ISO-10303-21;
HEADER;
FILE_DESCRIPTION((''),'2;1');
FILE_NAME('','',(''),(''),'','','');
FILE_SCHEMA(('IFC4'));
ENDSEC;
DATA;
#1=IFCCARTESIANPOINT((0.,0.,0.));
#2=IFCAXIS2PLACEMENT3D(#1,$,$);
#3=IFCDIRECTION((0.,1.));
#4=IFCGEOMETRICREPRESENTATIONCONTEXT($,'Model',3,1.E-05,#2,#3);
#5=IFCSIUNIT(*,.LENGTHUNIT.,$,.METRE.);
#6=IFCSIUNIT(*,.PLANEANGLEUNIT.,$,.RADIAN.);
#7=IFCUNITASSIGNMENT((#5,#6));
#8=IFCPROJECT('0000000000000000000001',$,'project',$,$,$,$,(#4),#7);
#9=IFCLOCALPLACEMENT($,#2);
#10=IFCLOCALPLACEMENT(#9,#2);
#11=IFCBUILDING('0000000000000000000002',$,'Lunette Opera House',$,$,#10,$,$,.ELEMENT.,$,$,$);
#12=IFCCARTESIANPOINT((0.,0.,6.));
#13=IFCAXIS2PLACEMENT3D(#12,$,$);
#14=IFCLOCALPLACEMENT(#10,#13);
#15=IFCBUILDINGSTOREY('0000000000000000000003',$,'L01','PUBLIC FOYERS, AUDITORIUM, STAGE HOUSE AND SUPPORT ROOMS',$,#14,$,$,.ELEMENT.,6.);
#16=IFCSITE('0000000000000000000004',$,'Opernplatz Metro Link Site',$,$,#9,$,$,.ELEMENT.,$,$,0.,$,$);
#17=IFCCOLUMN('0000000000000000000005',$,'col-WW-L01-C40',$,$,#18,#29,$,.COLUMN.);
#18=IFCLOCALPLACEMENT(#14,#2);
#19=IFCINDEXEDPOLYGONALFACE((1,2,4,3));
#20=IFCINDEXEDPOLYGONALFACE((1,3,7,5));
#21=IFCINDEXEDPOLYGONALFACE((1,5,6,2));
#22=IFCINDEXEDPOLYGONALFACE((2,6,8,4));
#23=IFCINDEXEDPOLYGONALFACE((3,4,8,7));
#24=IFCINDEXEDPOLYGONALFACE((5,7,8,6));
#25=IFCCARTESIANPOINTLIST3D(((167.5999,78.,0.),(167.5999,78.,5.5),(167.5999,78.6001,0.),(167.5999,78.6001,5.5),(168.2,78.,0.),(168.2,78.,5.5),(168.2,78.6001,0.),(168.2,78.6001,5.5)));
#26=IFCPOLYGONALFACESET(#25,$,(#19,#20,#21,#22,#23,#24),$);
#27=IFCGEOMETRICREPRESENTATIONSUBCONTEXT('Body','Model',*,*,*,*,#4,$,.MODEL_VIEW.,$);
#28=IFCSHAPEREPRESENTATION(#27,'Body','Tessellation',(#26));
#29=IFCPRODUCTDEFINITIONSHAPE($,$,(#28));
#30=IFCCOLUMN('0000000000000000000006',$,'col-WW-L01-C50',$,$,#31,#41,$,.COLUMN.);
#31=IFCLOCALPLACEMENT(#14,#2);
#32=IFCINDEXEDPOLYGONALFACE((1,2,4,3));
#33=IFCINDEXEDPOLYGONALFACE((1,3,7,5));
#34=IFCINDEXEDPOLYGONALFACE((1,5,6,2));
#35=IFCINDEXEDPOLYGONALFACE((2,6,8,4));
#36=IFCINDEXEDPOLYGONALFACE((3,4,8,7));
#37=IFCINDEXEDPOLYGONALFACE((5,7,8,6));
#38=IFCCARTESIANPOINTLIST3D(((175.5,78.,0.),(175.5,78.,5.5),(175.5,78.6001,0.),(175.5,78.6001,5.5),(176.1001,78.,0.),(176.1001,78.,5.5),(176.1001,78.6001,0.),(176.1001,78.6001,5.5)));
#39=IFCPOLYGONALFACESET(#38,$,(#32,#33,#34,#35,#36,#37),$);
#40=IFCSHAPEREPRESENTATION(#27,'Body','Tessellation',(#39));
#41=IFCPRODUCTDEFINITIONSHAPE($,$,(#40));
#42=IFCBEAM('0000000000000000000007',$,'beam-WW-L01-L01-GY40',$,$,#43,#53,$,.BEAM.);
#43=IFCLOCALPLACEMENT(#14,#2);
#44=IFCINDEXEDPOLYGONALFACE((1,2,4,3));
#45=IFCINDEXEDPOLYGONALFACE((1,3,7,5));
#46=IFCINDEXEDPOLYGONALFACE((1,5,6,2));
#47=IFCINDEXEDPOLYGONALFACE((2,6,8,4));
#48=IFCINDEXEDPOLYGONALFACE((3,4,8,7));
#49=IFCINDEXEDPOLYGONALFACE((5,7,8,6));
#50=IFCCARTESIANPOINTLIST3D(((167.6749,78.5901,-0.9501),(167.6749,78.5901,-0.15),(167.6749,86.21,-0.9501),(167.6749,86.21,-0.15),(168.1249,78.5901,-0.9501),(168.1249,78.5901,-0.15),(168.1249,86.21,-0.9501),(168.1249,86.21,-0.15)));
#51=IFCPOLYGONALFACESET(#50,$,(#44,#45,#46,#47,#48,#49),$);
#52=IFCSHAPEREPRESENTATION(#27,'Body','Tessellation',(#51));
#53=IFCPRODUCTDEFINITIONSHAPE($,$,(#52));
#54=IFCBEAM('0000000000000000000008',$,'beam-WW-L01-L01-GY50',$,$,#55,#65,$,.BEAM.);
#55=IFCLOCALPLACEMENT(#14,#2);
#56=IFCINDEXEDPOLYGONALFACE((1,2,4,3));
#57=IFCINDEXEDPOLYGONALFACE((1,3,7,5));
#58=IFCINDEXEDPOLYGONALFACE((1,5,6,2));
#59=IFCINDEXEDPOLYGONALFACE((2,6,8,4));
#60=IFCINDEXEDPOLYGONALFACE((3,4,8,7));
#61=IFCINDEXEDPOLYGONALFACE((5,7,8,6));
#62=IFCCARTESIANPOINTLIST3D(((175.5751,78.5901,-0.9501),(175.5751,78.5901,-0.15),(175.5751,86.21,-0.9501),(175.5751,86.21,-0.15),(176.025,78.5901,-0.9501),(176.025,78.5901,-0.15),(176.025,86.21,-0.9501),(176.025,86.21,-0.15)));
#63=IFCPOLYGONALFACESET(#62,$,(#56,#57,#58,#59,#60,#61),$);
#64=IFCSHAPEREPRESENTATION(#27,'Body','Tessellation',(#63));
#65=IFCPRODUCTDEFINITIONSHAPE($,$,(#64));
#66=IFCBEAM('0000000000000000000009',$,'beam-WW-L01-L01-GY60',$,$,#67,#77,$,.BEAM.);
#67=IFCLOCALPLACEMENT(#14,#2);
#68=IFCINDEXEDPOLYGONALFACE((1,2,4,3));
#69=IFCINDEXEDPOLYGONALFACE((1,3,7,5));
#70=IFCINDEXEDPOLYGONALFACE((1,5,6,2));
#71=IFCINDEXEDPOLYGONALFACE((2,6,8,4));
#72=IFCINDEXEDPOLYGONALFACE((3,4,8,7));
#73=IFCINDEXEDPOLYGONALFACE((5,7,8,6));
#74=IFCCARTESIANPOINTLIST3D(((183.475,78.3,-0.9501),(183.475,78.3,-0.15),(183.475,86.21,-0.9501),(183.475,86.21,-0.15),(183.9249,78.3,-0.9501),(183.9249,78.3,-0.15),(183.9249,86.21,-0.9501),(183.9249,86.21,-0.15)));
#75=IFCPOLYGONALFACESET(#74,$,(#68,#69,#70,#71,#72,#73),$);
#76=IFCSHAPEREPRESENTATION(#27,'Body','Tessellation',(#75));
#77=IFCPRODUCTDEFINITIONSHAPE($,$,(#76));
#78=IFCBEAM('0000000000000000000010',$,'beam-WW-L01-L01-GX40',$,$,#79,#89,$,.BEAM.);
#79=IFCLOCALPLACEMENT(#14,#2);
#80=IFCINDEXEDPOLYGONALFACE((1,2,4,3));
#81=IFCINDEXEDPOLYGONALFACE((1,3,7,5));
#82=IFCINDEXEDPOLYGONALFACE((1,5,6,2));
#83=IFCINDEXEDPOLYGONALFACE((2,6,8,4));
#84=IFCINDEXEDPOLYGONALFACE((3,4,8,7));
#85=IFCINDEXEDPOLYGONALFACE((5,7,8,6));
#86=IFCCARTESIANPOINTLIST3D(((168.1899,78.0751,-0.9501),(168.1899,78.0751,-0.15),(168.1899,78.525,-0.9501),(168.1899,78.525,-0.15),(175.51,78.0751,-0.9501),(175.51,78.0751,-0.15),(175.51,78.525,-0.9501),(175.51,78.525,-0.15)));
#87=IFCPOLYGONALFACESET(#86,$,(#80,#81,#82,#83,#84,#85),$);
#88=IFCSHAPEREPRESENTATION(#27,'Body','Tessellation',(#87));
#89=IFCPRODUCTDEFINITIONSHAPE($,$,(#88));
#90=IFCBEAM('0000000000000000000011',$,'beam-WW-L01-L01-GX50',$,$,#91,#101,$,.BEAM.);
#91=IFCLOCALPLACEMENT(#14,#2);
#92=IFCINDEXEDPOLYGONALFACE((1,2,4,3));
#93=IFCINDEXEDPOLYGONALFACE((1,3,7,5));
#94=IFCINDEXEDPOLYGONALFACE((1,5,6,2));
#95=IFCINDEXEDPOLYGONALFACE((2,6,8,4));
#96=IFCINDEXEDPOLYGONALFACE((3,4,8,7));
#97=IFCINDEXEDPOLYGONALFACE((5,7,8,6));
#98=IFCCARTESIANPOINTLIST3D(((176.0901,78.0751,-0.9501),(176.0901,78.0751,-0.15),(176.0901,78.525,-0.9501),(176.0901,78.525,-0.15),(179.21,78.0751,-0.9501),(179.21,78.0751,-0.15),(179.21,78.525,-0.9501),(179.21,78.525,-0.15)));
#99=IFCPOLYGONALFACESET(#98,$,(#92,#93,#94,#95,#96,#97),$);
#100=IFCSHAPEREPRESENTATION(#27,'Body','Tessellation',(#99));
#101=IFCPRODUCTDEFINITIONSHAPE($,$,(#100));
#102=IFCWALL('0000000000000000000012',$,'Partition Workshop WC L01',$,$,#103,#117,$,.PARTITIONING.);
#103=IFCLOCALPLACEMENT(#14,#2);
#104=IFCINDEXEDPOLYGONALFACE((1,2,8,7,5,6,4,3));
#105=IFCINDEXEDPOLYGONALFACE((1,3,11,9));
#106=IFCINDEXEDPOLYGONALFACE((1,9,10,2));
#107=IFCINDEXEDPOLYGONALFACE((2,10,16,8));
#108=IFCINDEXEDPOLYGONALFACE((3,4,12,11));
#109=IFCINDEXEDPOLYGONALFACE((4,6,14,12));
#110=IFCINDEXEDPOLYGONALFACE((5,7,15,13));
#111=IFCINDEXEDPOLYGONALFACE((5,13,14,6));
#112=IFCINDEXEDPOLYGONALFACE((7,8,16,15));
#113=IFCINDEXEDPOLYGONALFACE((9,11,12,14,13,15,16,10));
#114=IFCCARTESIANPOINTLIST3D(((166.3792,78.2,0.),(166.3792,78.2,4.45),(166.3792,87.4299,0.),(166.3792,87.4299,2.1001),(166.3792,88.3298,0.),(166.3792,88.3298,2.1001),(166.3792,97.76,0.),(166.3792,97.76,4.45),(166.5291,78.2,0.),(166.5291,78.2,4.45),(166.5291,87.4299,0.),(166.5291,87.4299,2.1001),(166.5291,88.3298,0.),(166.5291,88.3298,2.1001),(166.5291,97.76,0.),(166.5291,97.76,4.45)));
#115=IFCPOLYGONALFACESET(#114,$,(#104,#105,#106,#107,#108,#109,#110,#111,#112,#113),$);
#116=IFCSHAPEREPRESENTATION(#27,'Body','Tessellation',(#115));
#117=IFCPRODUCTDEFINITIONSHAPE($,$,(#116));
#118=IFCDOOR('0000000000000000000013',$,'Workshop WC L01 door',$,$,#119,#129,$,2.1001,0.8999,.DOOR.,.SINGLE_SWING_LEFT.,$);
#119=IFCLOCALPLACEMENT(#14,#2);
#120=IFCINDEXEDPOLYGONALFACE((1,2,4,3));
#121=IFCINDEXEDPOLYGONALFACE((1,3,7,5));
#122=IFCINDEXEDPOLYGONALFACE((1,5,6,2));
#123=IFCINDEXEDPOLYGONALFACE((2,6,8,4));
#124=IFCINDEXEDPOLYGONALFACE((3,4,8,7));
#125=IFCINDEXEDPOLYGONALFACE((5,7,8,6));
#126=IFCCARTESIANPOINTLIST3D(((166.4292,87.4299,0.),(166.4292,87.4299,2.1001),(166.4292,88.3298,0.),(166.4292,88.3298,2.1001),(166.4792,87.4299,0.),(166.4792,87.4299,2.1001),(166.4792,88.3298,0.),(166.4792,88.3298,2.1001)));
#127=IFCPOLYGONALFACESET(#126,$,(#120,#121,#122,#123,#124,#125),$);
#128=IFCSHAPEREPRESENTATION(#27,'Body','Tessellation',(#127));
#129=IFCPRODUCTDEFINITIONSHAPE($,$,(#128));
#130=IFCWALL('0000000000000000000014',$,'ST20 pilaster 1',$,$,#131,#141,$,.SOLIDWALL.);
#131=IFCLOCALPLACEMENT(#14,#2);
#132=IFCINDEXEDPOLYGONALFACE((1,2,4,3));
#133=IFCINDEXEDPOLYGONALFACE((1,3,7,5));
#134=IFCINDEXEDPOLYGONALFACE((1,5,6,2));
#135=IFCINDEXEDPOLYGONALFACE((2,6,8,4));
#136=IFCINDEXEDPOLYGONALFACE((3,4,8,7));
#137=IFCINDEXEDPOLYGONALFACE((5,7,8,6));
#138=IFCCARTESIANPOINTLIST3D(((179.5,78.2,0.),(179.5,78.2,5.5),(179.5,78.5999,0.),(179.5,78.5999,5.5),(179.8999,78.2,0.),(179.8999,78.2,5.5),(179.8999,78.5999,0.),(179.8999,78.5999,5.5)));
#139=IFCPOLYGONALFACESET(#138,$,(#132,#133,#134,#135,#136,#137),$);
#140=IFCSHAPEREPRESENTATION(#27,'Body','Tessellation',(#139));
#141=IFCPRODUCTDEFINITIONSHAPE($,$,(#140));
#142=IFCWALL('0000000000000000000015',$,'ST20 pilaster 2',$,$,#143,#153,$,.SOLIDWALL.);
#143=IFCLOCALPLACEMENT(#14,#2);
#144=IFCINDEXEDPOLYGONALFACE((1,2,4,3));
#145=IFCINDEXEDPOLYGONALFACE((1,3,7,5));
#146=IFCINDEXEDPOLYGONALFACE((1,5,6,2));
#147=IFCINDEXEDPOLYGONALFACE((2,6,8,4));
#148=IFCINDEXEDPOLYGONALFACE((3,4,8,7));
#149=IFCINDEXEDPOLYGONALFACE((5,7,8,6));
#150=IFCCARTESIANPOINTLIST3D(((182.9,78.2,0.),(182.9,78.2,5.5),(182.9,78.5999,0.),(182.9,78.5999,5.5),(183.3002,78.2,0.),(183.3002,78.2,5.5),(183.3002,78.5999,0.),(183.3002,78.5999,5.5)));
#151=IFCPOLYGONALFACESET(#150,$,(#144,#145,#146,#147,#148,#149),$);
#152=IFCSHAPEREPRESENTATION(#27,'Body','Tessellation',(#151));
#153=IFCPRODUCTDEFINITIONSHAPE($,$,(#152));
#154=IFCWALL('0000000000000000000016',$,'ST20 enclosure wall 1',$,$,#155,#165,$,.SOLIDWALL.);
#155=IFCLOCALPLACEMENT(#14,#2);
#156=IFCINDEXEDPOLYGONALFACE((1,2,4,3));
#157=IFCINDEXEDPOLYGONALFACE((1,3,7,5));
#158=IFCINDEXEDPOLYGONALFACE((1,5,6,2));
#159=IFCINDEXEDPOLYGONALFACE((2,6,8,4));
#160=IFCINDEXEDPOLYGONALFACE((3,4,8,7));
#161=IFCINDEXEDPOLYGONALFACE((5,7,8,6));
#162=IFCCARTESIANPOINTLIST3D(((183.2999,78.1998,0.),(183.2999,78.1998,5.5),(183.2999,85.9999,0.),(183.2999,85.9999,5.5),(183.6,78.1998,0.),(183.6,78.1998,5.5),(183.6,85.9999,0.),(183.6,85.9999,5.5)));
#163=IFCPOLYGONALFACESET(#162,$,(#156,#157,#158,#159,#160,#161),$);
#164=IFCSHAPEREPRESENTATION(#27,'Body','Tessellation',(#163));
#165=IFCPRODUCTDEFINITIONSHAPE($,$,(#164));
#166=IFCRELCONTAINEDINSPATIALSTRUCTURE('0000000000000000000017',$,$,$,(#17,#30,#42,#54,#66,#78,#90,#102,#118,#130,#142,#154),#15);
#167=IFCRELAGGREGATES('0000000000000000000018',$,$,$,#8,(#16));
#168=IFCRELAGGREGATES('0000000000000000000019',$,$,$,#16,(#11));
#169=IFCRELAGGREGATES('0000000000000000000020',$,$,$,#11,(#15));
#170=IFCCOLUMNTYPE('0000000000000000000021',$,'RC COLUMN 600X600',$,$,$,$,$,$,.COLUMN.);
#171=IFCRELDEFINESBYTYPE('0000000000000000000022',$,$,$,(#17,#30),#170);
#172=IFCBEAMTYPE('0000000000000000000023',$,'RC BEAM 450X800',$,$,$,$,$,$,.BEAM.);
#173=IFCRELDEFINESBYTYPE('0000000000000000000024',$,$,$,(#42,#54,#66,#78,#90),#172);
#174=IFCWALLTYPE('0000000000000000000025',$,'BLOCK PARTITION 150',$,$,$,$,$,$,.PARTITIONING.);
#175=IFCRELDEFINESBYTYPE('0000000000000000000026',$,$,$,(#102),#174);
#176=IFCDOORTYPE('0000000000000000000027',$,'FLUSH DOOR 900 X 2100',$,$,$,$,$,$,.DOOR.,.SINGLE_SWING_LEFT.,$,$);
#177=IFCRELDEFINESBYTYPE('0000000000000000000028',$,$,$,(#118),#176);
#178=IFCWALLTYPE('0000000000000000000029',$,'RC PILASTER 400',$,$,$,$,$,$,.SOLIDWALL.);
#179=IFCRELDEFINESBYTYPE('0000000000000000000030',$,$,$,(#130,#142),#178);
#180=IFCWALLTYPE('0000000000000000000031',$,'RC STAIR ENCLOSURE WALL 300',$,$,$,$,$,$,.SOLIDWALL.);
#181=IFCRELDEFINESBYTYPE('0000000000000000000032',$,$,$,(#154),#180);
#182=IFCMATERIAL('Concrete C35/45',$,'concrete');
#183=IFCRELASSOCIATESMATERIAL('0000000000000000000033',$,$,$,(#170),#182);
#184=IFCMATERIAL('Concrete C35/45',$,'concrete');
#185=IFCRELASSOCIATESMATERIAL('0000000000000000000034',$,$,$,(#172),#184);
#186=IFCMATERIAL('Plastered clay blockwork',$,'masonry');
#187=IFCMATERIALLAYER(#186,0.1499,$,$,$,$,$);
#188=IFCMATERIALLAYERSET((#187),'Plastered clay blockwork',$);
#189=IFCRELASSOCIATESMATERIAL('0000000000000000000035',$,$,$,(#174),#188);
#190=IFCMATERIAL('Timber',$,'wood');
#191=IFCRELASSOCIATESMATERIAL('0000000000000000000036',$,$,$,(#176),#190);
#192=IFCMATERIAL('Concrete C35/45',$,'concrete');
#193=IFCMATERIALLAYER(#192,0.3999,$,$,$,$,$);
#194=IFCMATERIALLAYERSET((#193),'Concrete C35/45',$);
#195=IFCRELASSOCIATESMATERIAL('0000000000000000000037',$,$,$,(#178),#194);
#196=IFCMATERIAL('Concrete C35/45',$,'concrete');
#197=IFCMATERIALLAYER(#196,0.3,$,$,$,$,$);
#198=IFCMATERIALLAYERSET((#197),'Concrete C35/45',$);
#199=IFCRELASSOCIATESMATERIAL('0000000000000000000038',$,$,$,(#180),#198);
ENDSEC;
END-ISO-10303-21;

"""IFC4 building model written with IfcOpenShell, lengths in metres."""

from ifc_helpers import new_model, si_unit, direction, frame, frame_2d, origin, origin_2d, place, context, subcontext, project, spatial, rectangle, extrude, material, layer, layer_set, material_profile, profile_set, type_object, element, fill, save


model = new_model("IFC4")

# Units and contexts
model_context = context("Model", 3, precision=1e-05, world=origin(), true_north=direction((0.0, 1.0)))
body_context = subcontext(model_context, "Body", "Model", "MODEL_VIEW")
ifc_project = project(units=[si_unit("LENGTHUNIT", "METRE"), si_unit("PLANEANGLEUNIT", "RADIAN")], contexts=[model_context])

# Site, building, storey
site_placement = place(None, origin())
site = spatial("IfcSite", under=ifc_project, at=site_placement, Name="Opernplatz Metro Link Site", CompositionType="ELEMENT", RefElevation=0.0)
building_placement = place(site_placement, origin())
building = spatial("IfcBuilding", under=site, at=building_placement, Name="Lunette Opera House", CompositionType="ELEMENT")
storey_placement = place(building_placement, frame((0.0, 0.0, 6.0)))
storey = spatial("IfcBuildingStorey", under=building, at=storey_placement, Name="L01", Description="PUBLIC FOYERS, AUDITORIUM, STAGE HOUSE AND SUPPORT ROOMS", CompositionType="ELEMENT", Elevation=6.0)

# Columns
ifc_material_1 = material(Name="Concrete C35/45", Category="concrete")
ifc_material_profile_1 = material_profile(ifc_material_1, rectangle(XDim=0.6001, YDim=0.6001, at=origin_2d()), Name="RC COLUMN 600X600")
ifc_profile_set_1 = profile_set([ifc_material_profile_1], Name="Concrete C35/45")
column_type = type_object("IfcColumnType", Name="RC COLUMN 600X600", PredefinedType="COLUMN", material=ifc_profile_set_1)
for number, where, z_axis, x_axis, name in (
    (1, (167.8999, 78.3, 0.0), (0.0, 0.0, 1.0), (1.0, 0.0, 0.0), "col-WW-L01-C40"),
    (2, (175.8, 78.3, 0.0), (0.0, 0.0, 1.0), (1.0, 0.0, 0.0), "col-WW-L01-C50"),
):
    element("IfcColumn", number, at=place(storey_placement, frame(where, z_axis=z_axis, x_axis=x_axis)), inside=storey, type_object=column_type, Name=name, PredefinedType="COLUMN", context=body_context, shape_type="SweptSolid", body=[
        extrude(rectangle(XDim=0.6001, YDim=0.6001, at=origin_2d()), origin(), (0.0, 0.0, 1.0), 5.5),
    ])

# Beams
ifc_material_2 = material(Name="Concrete C35/45", Category="concrete")
ifc_material_profile_2 = material_profile(ifc_material_2, rectangle(XDim=0.45, YDim=0.8, at=origin_2d()), Name="RC BEAM 450X800")
ifc_profile_set_2 = profile_set([ifc_material_profile_2], Name="Concrete C35/45")
beam_type = type_object("IfcBeamType", Name="RC BEAM 450X800", PredefinedType="BEAM", material=ifc_profile_set_2)
for number, where, z_axis, x_axis, name in (
    (3, (167.8999, 78.5901, -0.55), (0.0, 1.0, 0.0), (-1.0, 0.0, 0.0), "beam-WW-L01-L01-GY40"),
    (4, (175.8, 78.5901, -0.55), (0.0, 1.0, 0.0), (-1.0, 0.0, 0.0), "beam-WW-L01-L01-GY50"),
):
    element("IfcBeam", number, at=place(storey_placement, frame(where, z_axis=z_axis, x_axis=x_axis)), inside=storey, type_object=beam_type, Name=name, PredefinedType="BEAM", context=body_context, shape_type="SweptSolid", body=[
        extrude(rectangle(XDim=0.45, YDim=0.8, at=origin_2d()), origin(), (0.0, 0.0, 1.0), 7.6199),
    ])
beam_1_placement = place(storey_placement, frame((183.7, 78.3, -0.55), z_axis=(0.0, 1.0, 0.0), x_axis=(-1.0, 0.0, 0.0)))
element("IfcBeam", 5, at=beam_1_placement, inside=storey, type_object=beam_type, Name="beam-WW-L01-L01-GY60", PredefinedType="BEAM", context=body_context, shape_type="SweptSolid", body=[
    extrude(rectangle(XDim=0.45, YDim=0.8, at=origin_2d()), origin(), (0.0, 0.0, 1.0), 7.9099),
])
beam_2_placement = place(storey_placement, frame((168.1899, 78.3, -0.55), z_axis=(1.0, 0.0, 0.0), x_axis=(0.0, 1.0, 0.0)))
element("IfcBeam", 6, at=beam_2_placement, inside=storey, type_object=beam_type, Name="beam-WW-L01-L01-GX40", PredefinedType="BEAM", context=body_context, shape_type="SweptSolid", body=[
    extrude(rectangle(XDim=0.45, YDim=0.8, at=origin_2d()), origin(), (0.0, 0.0, 1.0), 7.3201),
])
beam_3_placement = place(storey_placement, frame((176.0901, 78.3, -0.55), z_axis=(1.0, 0.0, 0.0), x_axis=(0.0, 1.0, 0.0)))
element("IfcBeam", 7, at=beam_3_placement, inside=storey, type_object=beam_type, Name="beam-WW-L01-L01-GX50", PredefinedType="BEAM", context=body_context, shape_type="SweptSolid", body=[
    extrude(rectangle(XDim=0.45, YDim=0.8, at=origin_2d()), origin(), (0.0, 0.0, 1.0), 3.1199),
])

# Wall, opening, door
ifc_material_3 = material(Name="Plastered clay blockwork", Category="masonry")
ifc_layer_1 = layer(ifc_material_3, 0.1499)
ifc_layer_set_1 = layer_set([ifc_layer_1], Name="Plastered clay blockwork")
wall_type_1 = type_object("IfcWallType", Name="BLOCK PARTITION 150", PredefinedType="PARTITIONING", material=ifc_layer_set_1)
wall_1_placement = place(storey_placement, frame((166.4541, 78.2, 0.0), z_axis=(0.0, 0.0, 1.0), x_axis=(0.0, 1.0, 0.0)))
wall_1 = element("IfcWall", 8, at=wall_1_placement, inside=storey, type_object=wall_type_1, Name="Partition Workshop WC L01", PredefinedType="PARTITIONING", context=body_context, shape_type="SweptSolid", body=[
    extrude(rectangle(XDim=19.5601, YDim=0.1499, at=frame_2d((9.78, 0.0))), origin(), (0.0, 0.0, 1.0), 4.45),
])
opening_1_placement = place(wall_1_placement, frame((9.23, 0.0, 0.0)))
opening_1 = element("IfcOpeningElement", 9, at=opening_1_placement, cuts=wall_1, PredefinedType="OPENING", context=body_context, shape_type="SweptSolid", body=[
    extrude(rectangle(XDim=0.8999, YDim=2.1001, at=frame_2d((0.45, 1.05))), frame((0.0, 0.0869, 0.0), z_axis=(0.0, -1.0, 0.0), x_axis=(1.0, 0.0, 0.0)), (0.0, 0.0, 1.0), 0.1738),
])
ifc_material_4 = material(Name="Timber", Category="wood")
door_type = type_object("IfcDoorType", Name="FLUSH DOOR 900 X 2100", OperationType="SINGLE_SWING_LEFT", PredefinedType="DOOR", material=ifc_material_4)
door_placement = place(opening_1_placement, origin())
door = element("IfcDoor", 10, at=door_placement, inside=storey, type_object=door_type, Name="Workshop WC L01 door", OperationType="SINGLE_SWING_LEFT", OverallHeight=2.1001, OverallWidth=0.8999, PredefinedType="DOOR", context=body_context, shape_type="SweptSolid", body=[
    extrude(rectangle(XDim=0.8999, YDim=2.1001, at=frame_2d((0.45, 1.05))), frame((0.0, 0.0249, 0.0), z_axis=(0.0, -1.0, 0.0), x_axis=(1.0, 0.0, 0.0)), (0.0, 0.0, 1.0), 0.05),
])
fill(opening_1, door)

# Walls
ifc_material_5 = material(Name="Concrete C35/45", Category="concrete")
ifc_layer_2 = layer(ifc_material_5, 0.3999)
ifc_layer_set_2 = layer_set([ifc_layer_2], Name="Concrete C35/45")
wall_type_2 = type_object("IfcWallType", Name="RC PILASTER 400", PredefinedType="SOLIDWALL", material=ifc_layer_set_2)
wall_2_placement = place(storey_placement, frame((179.5, 78.3999, 0.0), z_axis=(0.0, 0.0, 1.0), x_axis=(1.0, 0.0, 0.0)))
element("IfcWall", 11, at=wall_2_placement, inside=storey, type_object=wall_type_2, Name="ST20 pilaster 1", PredefinedType="SOLIDWALL", context=body_context, shape_type="SweptSolid", body=[
    extrude(rectangle(XDim=0.3999, YDim=0.3999, at=frame_2d((0.2, 0.0))), origin(), (0.0, 0.0, 1.0), 5.5),
])
wall_3_placement = place(storey_placement, frame((182.8999, 78.3999, 0.0), z_axis=(0.0, 0.0, 1.0), x_axis=(1.0, 0.0, 0.0)))
element("IfcWall", 12, at=wall_3_placement, inside=storey, type_object=wall_type_2, Name="ST20 pilaster 2", PredefinedType="SOLIDWALL", context=body_context, shape_type="SweptSolid", body=[
    extrude(rectangle(XDim=0.4001, YDim=0.3999, at=frame_2d((0.2002, 0.0))), origin(), (0.0, 0.0, 1.0), 5.5),
])
ifc_material_6 = material(Name="Concrete C35/45", Category="concrete")
ifc_layer_3 = layer(ifc_material_6, 0.3)
ifc_layer_set_3 = layer_set([ifc_layer_3], Name="Concrete C35/45")
wall_type_3 = type_object("IfcWallType", Name="RC STAIR ENCLOSURE WALL 300", PredefinedType="SOLIDWALL", material=ifc_layer_set_3)
wall_4_placement = place(storey_placement, frame((183.45, 78.2, 0.0), z_axis=(0.0, 0.0, 1.0), x_axis=(0.0, 1.0, 0.0)))
element("IfcWall", 13, at=wall_4_placement, inside=storey, type_object=wall_type_3, Name="ST20 enclosure wall 1", PredefinedType="SOLIDWALL", context=body_context, shape_type="SweptSolid", body=[
    extrude(rectangle(XDim=7.8, YDim=0.3, at=frame_2d((3.8999, 0.0))), origin(), (0.0, 0.0, 1.0), 5.5),
])

save(model, "model.ifc")
